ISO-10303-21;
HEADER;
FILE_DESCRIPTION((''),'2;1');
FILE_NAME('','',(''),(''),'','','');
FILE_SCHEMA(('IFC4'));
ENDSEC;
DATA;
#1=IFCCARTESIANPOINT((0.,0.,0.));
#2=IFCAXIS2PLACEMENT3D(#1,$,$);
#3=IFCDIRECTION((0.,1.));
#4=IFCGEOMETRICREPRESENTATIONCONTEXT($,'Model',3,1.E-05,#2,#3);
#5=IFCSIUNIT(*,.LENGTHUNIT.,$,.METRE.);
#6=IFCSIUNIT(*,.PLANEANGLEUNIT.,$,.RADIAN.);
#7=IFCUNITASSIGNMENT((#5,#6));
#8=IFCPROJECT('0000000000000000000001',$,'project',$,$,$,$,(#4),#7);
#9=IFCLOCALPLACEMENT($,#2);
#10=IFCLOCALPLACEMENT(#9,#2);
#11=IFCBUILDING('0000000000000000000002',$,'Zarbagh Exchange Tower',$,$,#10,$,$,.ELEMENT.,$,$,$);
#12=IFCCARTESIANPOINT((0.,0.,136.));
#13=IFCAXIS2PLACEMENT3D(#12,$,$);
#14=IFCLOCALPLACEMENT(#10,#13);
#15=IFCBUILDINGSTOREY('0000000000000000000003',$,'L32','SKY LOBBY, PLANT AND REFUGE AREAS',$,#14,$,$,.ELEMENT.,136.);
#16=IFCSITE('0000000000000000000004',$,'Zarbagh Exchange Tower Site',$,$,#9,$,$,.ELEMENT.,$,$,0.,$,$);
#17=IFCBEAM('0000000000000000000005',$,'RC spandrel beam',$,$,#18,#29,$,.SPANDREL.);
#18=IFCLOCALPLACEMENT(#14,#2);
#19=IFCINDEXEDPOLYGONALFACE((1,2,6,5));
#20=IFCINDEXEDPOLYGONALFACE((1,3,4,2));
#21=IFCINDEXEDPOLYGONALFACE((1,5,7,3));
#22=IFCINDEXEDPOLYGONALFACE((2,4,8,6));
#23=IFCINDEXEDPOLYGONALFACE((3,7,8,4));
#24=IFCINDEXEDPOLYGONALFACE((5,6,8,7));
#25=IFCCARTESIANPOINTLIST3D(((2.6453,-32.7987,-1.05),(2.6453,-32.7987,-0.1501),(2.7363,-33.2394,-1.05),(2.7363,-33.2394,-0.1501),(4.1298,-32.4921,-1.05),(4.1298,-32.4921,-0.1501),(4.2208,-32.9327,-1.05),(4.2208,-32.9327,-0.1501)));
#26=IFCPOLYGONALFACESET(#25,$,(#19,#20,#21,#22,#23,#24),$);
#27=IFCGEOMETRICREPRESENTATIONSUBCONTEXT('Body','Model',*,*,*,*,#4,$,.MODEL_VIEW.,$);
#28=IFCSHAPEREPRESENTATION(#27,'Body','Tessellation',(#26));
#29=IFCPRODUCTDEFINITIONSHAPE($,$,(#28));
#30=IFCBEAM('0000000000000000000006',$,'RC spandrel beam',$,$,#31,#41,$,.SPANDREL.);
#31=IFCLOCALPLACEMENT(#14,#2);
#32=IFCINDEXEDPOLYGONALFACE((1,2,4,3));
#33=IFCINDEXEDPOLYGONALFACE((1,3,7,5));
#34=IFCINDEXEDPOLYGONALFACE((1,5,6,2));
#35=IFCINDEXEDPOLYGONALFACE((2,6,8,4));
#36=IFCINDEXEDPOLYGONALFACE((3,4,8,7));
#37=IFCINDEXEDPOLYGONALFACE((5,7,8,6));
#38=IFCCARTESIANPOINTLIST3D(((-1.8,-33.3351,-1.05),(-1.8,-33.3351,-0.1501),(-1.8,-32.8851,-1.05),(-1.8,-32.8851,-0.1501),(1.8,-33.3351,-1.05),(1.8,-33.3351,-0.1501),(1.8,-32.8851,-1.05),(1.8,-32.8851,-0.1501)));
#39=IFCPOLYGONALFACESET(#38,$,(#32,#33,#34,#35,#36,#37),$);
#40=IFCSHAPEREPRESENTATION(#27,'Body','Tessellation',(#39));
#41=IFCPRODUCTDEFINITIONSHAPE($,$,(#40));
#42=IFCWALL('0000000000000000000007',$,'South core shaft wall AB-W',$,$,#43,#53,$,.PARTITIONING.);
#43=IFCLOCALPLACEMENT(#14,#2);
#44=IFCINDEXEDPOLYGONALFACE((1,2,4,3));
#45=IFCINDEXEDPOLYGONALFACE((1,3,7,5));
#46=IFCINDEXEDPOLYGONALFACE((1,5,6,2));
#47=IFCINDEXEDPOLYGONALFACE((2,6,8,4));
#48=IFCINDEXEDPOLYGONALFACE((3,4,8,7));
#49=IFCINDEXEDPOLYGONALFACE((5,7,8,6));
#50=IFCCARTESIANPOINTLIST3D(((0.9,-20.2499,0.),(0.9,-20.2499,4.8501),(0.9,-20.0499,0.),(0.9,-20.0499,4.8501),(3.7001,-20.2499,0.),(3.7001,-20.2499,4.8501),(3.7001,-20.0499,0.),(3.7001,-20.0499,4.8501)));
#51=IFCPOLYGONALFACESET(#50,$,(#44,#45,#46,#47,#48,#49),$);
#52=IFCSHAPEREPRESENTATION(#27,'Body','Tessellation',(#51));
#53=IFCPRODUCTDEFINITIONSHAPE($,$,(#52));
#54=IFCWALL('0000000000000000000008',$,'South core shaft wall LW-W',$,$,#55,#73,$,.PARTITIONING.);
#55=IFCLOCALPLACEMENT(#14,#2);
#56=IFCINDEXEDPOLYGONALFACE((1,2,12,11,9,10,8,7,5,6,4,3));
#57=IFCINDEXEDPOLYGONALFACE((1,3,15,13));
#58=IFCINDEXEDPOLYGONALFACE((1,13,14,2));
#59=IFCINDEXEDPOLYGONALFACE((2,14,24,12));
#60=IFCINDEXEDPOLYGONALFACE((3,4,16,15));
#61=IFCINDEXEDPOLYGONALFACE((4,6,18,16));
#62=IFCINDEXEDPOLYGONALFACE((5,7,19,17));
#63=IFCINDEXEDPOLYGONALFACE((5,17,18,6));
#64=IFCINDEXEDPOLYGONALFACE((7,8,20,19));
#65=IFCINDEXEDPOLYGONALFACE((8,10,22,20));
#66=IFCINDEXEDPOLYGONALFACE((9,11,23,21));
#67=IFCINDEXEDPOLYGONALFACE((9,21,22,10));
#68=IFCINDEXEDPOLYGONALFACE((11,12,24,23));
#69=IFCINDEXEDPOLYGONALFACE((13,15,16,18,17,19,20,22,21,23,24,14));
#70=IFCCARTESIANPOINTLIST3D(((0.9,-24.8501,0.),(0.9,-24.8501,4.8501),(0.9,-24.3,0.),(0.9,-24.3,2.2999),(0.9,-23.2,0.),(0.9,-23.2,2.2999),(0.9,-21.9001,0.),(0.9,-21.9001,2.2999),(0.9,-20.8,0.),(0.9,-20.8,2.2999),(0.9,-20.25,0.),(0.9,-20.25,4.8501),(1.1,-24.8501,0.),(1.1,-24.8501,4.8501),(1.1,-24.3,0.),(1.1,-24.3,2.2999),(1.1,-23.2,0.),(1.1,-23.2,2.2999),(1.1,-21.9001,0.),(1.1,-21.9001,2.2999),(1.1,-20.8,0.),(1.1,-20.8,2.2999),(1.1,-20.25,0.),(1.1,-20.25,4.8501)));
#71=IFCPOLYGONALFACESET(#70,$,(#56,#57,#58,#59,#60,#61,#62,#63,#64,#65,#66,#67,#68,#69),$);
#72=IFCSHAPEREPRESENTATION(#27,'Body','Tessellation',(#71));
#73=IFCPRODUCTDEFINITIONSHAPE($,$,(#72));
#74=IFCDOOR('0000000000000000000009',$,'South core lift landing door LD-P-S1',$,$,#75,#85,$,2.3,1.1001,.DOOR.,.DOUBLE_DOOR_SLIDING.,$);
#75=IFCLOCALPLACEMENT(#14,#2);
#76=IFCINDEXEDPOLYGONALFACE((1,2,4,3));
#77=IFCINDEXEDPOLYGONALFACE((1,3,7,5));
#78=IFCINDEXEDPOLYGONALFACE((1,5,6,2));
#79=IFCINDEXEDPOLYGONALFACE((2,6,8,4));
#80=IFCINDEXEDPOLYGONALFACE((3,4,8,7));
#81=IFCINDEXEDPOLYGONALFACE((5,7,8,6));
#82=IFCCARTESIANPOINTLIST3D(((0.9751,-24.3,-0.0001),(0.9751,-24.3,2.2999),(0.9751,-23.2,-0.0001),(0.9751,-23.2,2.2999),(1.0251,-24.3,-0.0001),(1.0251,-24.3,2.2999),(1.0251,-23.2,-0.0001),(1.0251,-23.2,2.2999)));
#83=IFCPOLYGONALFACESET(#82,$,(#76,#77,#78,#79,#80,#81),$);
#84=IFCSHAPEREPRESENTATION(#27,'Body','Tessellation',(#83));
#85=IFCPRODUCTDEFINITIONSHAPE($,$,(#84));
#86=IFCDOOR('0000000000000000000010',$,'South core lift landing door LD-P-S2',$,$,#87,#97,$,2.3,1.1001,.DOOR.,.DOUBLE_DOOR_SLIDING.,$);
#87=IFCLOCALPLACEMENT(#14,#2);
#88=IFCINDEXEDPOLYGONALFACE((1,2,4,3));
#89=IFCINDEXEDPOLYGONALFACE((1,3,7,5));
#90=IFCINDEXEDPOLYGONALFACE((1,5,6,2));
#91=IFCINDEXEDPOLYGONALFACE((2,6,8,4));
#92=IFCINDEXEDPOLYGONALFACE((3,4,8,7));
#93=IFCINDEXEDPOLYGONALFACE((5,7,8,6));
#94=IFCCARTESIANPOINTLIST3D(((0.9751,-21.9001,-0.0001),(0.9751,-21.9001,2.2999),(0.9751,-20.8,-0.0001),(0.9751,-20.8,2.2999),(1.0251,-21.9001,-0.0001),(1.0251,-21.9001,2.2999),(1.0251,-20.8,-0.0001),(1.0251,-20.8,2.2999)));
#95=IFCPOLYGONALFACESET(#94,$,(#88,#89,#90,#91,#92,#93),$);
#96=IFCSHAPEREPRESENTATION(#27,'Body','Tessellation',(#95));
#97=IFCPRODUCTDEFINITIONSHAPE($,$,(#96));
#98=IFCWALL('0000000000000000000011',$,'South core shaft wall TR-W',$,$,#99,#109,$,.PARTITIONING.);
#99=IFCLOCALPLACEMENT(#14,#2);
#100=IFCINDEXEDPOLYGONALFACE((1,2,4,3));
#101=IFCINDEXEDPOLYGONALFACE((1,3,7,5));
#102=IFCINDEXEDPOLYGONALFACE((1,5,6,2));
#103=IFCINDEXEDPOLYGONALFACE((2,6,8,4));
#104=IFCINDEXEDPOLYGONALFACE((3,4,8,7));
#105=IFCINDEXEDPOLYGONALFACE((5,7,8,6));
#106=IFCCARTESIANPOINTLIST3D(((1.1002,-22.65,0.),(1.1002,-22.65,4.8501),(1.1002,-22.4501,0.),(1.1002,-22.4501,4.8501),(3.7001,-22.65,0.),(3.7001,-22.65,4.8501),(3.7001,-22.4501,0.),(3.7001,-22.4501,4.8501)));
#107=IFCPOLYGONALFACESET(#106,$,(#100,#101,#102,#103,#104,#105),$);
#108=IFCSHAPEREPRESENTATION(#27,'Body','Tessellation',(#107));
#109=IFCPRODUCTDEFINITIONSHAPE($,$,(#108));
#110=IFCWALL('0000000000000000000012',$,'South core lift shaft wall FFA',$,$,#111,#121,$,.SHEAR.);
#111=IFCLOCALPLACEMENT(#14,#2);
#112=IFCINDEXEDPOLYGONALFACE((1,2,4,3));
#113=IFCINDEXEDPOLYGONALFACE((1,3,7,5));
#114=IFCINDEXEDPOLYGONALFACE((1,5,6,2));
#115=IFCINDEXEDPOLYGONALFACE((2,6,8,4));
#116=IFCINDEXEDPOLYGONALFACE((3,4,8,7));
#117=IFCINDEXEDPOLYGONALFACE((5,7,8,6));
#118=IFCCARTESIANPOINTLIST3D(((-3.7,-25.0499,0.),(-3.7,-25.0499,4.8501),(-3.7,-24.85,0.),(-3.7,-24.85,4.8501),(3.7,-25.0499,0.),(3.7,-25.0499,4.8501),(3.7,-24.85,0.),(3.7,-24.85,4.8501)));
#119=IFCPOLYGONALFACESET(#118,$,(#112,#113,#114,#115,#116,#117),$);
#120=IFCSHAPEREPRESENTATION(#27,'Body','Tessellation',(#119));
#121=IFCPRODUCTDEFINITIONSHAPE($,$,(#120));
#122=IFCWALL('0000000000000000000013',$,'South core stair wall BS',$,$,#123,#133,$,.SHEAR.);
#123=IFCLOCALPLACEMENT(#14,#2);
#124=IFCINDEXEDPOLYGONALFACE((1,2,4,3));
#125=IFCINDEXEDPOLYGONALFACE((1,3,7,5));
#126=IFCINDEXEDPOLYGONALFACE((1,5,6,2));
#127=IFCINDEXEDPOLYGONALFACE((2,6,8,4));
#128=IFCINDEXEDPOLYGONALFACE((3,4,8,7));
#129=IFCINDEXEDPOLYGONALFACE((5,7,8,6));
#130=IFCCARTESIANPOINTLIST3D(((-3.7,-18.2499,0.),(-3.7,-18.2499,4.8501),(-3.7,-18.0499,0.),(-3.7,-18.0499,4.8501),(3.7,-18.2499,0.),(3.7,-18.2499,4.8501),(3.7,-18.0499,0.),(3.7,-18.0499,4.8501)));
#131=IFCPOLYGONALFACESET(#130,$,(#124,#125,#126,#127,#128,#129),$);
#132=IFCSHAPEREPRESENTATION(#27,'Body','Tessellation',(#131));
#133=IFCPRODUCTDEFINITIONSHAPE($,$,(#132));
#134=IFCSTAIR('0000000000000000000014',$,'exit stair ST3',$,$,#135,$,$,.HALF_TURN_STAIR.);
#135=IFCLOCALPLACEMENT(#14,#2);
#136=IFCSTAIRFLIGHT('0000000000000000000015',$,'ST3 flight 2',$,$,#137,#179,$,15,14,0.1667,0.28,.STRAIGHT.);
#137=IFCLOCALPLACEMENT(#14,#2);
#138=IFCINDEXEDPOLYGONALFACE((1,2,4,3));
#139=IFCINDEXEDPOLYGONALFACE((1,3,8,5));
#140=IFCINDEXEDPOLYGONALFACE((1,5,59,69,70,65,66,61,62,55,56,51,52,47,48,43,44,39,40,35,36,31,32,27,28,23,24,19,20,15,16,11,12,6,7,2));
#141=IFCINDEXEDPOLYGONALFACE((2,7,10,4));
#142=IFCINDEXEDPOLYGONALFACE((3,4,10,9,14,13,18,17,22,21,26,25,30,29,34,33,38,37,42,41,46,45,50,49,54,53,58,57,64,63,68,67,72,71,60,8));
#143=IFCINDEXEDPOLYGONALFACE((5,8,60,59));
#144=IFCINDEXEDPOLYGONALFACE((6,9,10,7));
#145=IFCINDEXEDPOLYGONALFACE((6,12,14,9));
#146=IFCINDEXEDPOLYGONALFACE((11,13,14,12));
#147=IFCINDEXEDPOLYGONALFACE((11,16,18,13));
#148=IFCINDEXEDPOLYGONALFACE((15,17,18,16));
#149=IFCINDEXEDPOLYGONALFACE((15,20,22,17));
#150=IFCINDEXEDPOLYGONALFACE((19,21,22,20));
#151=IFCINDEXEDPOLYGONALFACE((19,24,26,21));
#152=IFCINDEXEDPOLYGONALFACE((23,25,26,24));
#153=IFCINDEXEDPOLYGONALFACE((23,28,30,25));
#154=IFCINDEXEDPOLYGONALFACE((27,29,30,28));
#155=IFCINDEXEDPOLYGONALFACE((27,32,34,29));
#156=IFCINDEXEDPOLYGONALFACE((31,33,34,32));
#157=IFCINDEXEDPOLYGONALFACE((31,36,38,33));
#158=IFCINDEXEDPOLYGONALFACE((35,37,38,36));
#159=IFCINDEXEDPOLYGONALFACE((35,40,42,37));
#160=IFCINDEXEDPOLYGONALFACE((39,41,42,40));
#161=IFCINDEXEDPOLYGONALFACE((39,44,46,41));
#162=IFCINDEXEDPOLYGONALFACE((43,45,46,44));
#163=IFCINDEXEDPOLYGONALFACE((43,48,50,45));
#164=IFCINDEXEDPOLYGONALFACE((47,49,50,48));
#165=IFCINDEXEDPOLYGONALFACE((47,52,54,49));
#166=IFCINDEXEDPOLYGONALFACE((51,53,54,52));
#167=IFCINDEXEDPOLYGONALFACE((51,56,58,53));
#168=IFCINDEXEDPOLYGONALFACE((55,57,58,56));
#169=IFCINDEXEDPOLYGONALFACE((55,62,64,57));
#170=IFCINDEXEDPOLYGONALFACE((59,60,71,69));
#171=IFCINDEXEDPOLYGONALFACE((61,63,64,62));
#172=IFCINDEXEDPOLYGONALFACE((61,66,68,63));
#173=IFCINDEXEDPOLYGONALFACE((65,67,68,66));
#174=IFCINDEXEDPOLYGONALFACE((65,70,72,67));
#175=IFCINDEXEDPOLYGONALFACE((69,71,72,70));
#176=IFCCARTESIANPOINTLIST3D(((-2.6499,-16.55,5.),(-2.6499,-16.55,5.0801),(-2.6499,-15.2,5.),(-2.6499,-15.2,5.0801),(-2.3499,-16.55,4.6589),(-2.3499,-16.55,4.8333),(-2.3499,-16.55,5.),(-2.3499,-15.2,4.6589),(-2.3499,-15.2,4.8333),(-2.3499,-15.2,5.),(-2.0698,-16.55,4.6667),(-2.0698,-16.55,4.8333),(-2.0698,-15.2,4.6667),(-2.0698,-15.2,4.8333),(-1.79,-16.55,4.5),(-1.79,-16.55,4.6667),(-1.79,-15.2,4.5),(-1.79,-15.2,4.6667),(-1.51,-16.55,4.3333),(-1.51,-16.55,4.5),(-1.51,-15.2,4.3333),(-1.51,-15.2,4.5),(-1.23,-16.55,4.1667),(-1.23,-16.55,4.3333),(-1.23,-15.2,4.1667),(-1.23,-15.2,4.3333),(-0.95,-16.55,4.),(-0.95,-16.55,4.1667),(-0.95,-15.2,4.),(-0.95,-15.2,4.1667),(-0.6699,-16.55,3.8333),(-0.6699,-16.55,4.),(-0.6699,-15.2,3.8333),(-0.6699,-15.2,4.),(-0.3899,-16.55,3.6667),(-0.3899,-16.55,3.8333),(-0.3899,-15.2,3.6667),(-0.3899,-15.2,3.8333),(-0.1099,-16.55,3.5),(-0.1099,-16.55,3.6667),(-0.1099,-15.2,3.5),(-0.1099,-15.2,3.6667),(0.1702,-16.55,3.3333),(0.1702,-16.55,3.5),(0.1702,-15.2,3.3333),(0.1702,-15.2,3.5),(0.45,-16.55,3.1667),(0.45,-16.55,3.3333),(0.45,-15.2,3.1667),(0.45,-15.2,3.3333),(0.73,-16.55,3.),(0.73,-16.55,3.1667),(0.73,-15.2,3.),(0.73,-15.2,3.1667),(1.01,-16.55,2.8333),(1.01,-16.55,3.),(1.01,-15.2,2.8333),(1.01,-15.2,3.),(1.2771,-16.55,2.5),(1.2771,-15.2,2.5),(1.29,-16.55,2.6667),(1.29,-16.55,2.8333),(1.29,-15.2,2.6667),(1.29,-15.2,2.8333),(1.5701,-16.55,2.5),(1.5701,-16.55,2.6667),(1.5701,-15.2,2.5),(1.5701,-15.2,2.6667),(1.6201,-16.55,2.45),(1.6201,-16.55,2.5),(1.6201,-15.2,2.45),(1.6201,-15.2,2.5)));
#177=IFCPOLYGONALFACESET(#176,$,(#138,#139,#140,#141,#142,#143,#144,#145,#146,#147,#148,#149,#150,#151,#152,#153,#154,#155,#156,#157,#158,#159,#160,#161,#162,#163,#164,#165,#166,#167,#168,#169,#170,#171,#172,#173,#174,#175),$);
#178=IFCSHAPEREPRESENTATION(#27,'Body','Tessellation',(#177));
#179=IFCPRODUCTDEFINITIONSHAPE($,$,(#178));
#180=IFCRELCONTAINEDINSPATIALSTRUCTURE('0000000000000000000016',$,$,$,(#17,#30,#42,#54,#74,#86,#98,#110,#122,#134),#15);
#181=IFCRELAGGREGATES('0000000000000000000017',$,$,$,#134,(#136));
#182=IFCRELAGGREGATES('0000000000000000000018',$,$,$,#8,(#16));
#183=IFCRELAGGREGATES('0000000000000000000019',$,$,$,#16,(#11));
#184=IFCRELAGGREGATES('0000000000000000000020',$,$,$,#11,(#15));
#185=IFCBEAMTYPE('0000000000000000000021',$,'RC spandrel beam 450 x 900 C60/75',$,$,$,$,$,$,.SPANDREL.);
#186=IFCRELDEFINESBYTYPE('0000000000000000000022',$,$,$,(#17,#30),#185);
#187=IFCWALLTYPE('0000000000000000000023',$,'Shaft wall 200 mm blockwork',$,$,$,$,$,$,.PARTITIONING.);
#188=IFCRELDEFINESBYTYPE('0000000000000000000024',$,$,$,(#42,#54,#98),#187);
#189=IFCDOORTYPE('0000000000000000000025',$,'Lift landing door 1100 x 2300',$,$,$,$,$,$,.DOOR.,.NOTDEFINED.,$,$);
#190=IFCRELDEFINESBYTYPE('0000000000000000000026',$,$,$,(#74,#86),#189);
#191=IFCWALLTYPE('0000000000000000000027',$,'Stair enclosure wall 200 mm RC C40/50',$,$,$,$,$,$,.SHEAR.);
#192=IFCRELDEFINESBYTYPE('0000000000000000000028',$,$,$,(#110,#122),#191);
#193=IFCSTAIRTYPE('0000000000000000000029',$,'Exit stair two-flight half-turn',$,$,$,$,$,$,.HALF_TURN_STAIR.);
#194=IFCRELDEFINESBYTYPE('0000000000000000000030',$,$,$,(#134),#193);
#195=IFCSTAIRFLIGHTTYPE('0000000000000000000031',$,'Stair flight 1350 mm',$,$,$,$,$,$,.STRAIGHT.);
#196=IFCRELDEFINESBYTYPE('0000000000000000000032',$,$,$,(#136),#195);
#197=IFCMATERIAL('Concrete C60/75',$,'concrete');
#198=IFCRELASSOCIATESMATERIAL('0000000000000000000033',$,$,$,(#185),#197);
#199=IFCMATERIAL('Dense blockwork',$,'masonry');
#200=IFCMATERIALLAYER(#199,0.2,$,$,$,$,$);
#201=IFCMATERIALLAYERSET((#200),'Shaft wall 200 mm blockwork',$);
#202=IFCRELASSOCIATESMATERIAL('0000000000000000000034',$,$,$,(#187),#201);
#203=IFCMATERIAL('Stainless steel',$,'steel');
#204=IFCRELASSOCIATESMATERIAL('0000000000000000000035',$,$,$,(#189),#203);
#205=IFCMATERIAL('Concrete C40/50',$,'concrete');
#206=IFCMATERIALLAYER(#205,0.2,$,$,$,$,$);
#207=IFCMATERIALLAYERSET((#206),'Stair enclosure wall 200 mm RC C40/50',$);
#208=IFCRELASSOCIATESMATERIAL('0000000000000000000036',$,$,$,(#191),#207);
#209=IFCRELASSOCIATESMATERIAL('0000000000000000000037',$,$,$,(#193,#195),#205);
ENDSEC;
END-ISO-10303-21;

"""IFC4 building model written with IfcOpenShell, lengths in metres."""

from ifc_helpers import new_model, si_unit, direction, frame, frame_2d, origin, origin_2d, place, context, subcontext, project, spatial, polyline, rectangle, outline, extrude, material, layer, layer_set, material_profile, profile_set, type_object, element, fill, aggregate, save


model = new_model("IFC4")

# Units and contexts
model_context = context("Model", 3, precision=1e-05, world=origin(), true_north=direction((0.0, 1.0)))
body_context = subcontext(model_context, "Body", "Model", "MODEL_VIEW")
ifc_project = project(units=[si_unit("LENGTHUNIT", "METRE"), si_unit("PLANEANGLEUNIT", "RADIAN")], contexts=[model_context])

# Site, building, storey
site_placement = place(None, origin())
site = spatial("IfcSite", under=ifc_project, at=site_placement, Name="Zarbagh Exchange Tower Site", CompositionType="ELEMENT", RefElevation=0.0)
building_placement = place(site_placement, origin())
building = spatial("IfcBuilding", under=site, at=building_placement, Name="Zarbagh Exchange Tower", CompositionType="ELEMENT")
storey_placement = place(building_placement, frame((0.0, 0.0, 136.0)))
storey = spatial("IfcBuildingStorey", under=building, at=storey_placement, Name="L32", Description="SKY LOBBY, PLANT AND REFUGE AREAS", CompositionType="ELEMENT", Elevation=136.0)

# Shared definitions
ifc_material_1 = material(Name="Concrete C60/75", Category="concrete")

# Beams
ifc_material_profile_1 = material_profile(ifc_material_1, rectangle(XDim=0.45, YDim=0.8999, at=origin_2d()), Name="RC spandrel beam 450 x 900 C60/75")
ifc_profile_set_1 = profile_set([ifc_material_profile_1], Name="Concrete C60/75")
beam_type = type_object("IfcBeamType", Name="RC spandrel beam 450 x 900 C60/75", PredefinedType="SPANDREL", material=ifc_profile_set_1)
beam_1_placement = place(storey_placement, frame((4.1753, -32.7124, -0.6001), z_axis=(-0.979329, -0.202275, 0.0), x_axis=(0.202275, -0.979329, 0.0)))
element("IfcBeam", 1, at=beam_1_placement, inside=storey, type_object=beam_type, Name="RC spandrel beam", PredefinedType="SPANDREL", context=body_context, shape_type="SweptSolid", body=[
    extrude(rectangle(XDim=0.45, YDim=0.8999, at=origin_2d()), origin(), (0.0, 0.0, 1.0), 1.5159),
])
beam_2_placement = place(storey_placement, frame((1.8, -33.1101, -0.6001), z_axis=(-1.0, 0.0, 0.0), x_axis=(0.0, -1.0, 0.0)))
element("IfcBeam", 2, at=beam_2_placement, inside=storey, type_object=beam_type, Name="RC spandrel beam", PredefinedType="SPANDREL", context=body_context, shape_type="SweptSolid", body=[
    extrude(rectangle(XDim=0.45, YDim=0.8999, at=origin_2d()), origin(), (0.0, 0.0, 1.0), 3.6001),
])

# Wall
ifc_material_2 = material(Name="Dense blockwork", Category="masonry")
ifc_layer_1 = layer(ifc_material_2, 0.2)
ifc_layer_set_1 = layer_set([ifc_layer_1], Name="Shaft wall 200 mm blockwork")
wall_type_1 = type_object("IfcWallType", Name="Shaft wall 200 mm blockwork", PredefinedType="PARTITIONING", material=ifc_layer_set_1)
wall_1_placement = place(storey_placement, frame((3.7, -20.1499, 0.0), z_axis=(0.0, 0.0, 1.0), x_axis=(-1.0, 0.0, 0.0)))
element("IfcWall", 3, at=wall_1_placement, inside=storey, type_object=wall_type_1, Name="South core shaft wall AB-W", PredefinedType="PARTITIONING", context=body_context, shape_type="SweptSolid", body=[
    extrude(rectangle(XDim=2.8, YDim=0.2, at=frame_2d((1.3999, 0.0))), origin(), (0.0, 0.0, 1.0), 4.8501),
])

# Wall, openings, doors
wall_2_placement = place(storey_placement, frame((1.0, -24.8501, 0.0), z_axis=(0.0, 0.0, 1.0), x_axis=(0.0, 1.0, 0.0)))
wall_2 = element("IfcWall", 4, at=wall_2_placement, inside=storey, type_object=wall_type_1, Name="South core shaft wall LW-W", PredefinedType="PARTITIONING", context=body_context, shape_type="SweptSolid", body=[
    extrude(rectangle(XDim=4.6001, YDim=0.2, at=frame_2d((2.3, 0.0))), origin(), (0.0, 0.0, 1.0), 4.8501),
])
opening_1_placement = place(wall_2_placement, frame((0.55, 0.0, 0.0)))
opening_1 = element("IfcOpeningElement", 5, at=opening_1_placement, cuts=wall_2, PredefinedType="OPENING", context=body_context, shape_type="SweptSolid", body=[
    extrude(rectangle(XDim=1.1001, YDim=2.3, at=frame_2d((0.55, 1.1499))), frame((0.0, 0.1099, 0.0), z_axis=(0.0, -1.0, 0.0), x_axis=(1.0, 0.0, 0.0)), (0.0, 0.0, 1.0), 0.22),
])
opening_2_placement = place(wall_2_placement, frame((2.95, 0.0, 0.0)))
opening_2 = element("IfcOpeningElement", 6, at=opening_2_placement, cuts=wall_2, PredefinedType="OPENING", context=body_context, shape_type="SweptSolid", body=[
    extrude(rectangle(XDim=1.1001, YDim=2.3, at=frame_2d((0.55, 1.1499))), frame((0.0, 0.1099, 0.0), z_axis=(0.0, -1.0, 0.0), x_axis=(1.0, 0.0, 0.0)), (0.0, 0.0, 1.0), 0.22),
])
ifc_material_3 = material(Name="Stainless steel", Category="steel")
door_type = type_object("IfcDoorType", Name="Lift landing door 1100 x 2300", OperationType="NOTDEFINED", PredefinedType="DOOR", material=ifc_material_3)
door_1_placement = place(opening_1_placement, origin())
door_1 = element("IfcDoor", 7, at=door_1_placement, inside=storey, type_object=door_type, Name="South core lift landing door LD-P-S1", OperationType="DOUBLE_DOOR_SLIDING", OverallHeight=2.3, OverallWidth=1.1001, PredefinedType="DOOR", context=body_context, shape_type="SweptSolid", body=[
    extrude(rectangle(XDim=1.1001, YDim=2.3, at=frame_2d((0.55, 1.1499))), frame((0.0, 0.0249, 0.0), z_axis=(0.0, -1.0, 0.0), x_axis=(1.0, 0.0, 0.0)), (0.0, 0.0, 1.0), 0.05),
])
fill(opening_1, door_1)
door_2_placement = place(opening_2_placement, origin())
door_2 = element("IfcDoor", 8, at=door_2_placement, inside=storey, type_object=door_type, Name="South core lift landing door LD-P-S2", OperationType="DOUBLE_DOOR_SLIDING", OverallHeight=2.3, OverallWidth=1.1001, PredefinedType="DOOR", context=body_context, shape_type="SweptSolid", body=[
    extrude(rectangle(XDim=1.1001, YDim=2.3, at=frame_2d((0.55, 1.1499))), frame((0.0, 0.0249, 0.0), z_axis=(0.0, -1.0, 0.0), x_axis=(1.0, 0.0, 0.0)), (0.0, 0.0, 1.0), 0.05),
])
fill(opening_2, door_2)

# Walls
wall_3_placement = place(storey_placement, frame((3.7, -22.55, 0.0), z_axis=(0.0, 0.0, 1.0), x_axis=(-1.0, 0.0, 0.0)))
element("IfcWall", 9, at=wall_3_placement, inside=storey, type_object=wall_type_1, Name="South core shaft wall TR-W", PredefinedType="PARTITIONING", context=body_context, shape_type="SweptSolid", body=[
    extrude(rectangle(XDim=2.5999, YDim=0.2, at=frame_2d((1.2998, 0.0))), origin(), (0.0, 0.0, 1.0), 4.8501),
])
ifc_material_4 = material(Name="Concrete C40/50", Category="concrete")
ifc_layer_2 = layer(ifc_material_4, 0.2)
ifc_layer_set_2 = layer_set([ifc_layer_2], Name="Stair enclosure wall 200 mm RC C40/50")
wall_type_2 = type_object("IfcWallType", Name="Stair enclosure wall 200 mm RC C40/50", PredefinedType="SHEAR", material=ifc_layer_set_2)
for number, where, z_axis, x_axis, name in (
    (10, (3.7, -24.95, 0.0), (0.0, 0.0, 1.0), (-1.0, 0.0, 0.0), "South core lift shaft wall FFA"),
    (11, (3.7, -18.1499, 0.0), (0.0, 0.0, 1.0), (-1.0, 0.0, 0.0), "South core stair wall BS"),
):
    element("IfcWall", number, at=place(storey_placement, frame(where, z_axis=z_axis, x_axis=x_axis)), inside=storey, type_object=wall_type_2, Name=name, PredefinedType="SHEAR", context=body_context, shape_type="SweptSolid", body=[
        extrude(rectangle(XDim=7.3999, YDim=0.2, at=frame_2d((3.7, 0.0))), origin(), (0.0, 0.0, 1.0), 4.8501),
    ])

# Stair, stair flight
stair_type = type_object("IfcStairType", Name="Exit stair two-flight half-turn", PredefinedType="HALF_TURN_STAIR", material=ifc_material_4)
stair_placement = place(storey_placement, origin())
stair = element("IfcStair", 12, at=stair_placement, inside=storey, type_object=stair_type, Name="exit stair ST3", PredefinedType="HALF_TURN_STAIR")
stair_flight_type = type_object("IfcStairFlightType", Name="Stair flight 1350 mm", PredefinedType="STRAIGHT", material=ifc_material_4)
stair_flight_placement = place(storey_placement, frame((1.5701, -15.875, 2.5), z_axis=(0.0, 0.0, 1.0), x_axis=(-1.0, 0.0, 0.0)))
stair_flight = element("IfcStairFlight", 13, at=stair_flight_placement, type_object=stair_flight_type, Name="ST3 flight 2", NumberOfRisers=15, NumberOfTreads=14, PredefinedType="STRAIGHT", RiserHeight=0.1667, TreadLength=0.28, context=body_context, shape_type="SweptSolid", body=[
    extrude(outline(polyline([(-0.05, -0.05), (-0.05, 0.0), (0.0, 0.0), (0.0, 0.1667), (0.28, 0.1667), (0.28, 0.3333), (0.5601, 0.3333), (0.5601, 0.5), (0.8401, 0.5), (0.8401, 0.6667), (1.1201, 0.6667), (1.1201, 0.8333), (1.3999, 0.8333), (1.3999, 1.0), (1.6799, 1.0), (1.6799, 1.1667), (1.96, 1.1667), (1.96, 1.3333), (2.24, 1.3333), (2.24, 1.5), (2.52, 1.5), (2.52, 1.6667), (2.8, 1.6667), (2.8, 1.8333), (3.0801, 1.8333), (3.0801, 2.0), (3.3601, 2.0), (3.3601, 2.1667), (3.6399, 2.1667), (3.6399, 2.3333), (3.9199, 2.3333), (3.9199, 2.5), (4.22, 2.5801), (4.22, 2.5), (3.9199, 2.1589), (0.293, 0.0), (-0.05, -0.05)])), frame((0.0, 0.675, 0.0), z_axis=(0.0, -1.0, 0.0), x_axis=(1.0, 0.0, 0.0)), (0.0, 0.0, 1.0), 1.3501),
])
aggregate(stair, [stair_flight])

save(model, "model.ifc")
